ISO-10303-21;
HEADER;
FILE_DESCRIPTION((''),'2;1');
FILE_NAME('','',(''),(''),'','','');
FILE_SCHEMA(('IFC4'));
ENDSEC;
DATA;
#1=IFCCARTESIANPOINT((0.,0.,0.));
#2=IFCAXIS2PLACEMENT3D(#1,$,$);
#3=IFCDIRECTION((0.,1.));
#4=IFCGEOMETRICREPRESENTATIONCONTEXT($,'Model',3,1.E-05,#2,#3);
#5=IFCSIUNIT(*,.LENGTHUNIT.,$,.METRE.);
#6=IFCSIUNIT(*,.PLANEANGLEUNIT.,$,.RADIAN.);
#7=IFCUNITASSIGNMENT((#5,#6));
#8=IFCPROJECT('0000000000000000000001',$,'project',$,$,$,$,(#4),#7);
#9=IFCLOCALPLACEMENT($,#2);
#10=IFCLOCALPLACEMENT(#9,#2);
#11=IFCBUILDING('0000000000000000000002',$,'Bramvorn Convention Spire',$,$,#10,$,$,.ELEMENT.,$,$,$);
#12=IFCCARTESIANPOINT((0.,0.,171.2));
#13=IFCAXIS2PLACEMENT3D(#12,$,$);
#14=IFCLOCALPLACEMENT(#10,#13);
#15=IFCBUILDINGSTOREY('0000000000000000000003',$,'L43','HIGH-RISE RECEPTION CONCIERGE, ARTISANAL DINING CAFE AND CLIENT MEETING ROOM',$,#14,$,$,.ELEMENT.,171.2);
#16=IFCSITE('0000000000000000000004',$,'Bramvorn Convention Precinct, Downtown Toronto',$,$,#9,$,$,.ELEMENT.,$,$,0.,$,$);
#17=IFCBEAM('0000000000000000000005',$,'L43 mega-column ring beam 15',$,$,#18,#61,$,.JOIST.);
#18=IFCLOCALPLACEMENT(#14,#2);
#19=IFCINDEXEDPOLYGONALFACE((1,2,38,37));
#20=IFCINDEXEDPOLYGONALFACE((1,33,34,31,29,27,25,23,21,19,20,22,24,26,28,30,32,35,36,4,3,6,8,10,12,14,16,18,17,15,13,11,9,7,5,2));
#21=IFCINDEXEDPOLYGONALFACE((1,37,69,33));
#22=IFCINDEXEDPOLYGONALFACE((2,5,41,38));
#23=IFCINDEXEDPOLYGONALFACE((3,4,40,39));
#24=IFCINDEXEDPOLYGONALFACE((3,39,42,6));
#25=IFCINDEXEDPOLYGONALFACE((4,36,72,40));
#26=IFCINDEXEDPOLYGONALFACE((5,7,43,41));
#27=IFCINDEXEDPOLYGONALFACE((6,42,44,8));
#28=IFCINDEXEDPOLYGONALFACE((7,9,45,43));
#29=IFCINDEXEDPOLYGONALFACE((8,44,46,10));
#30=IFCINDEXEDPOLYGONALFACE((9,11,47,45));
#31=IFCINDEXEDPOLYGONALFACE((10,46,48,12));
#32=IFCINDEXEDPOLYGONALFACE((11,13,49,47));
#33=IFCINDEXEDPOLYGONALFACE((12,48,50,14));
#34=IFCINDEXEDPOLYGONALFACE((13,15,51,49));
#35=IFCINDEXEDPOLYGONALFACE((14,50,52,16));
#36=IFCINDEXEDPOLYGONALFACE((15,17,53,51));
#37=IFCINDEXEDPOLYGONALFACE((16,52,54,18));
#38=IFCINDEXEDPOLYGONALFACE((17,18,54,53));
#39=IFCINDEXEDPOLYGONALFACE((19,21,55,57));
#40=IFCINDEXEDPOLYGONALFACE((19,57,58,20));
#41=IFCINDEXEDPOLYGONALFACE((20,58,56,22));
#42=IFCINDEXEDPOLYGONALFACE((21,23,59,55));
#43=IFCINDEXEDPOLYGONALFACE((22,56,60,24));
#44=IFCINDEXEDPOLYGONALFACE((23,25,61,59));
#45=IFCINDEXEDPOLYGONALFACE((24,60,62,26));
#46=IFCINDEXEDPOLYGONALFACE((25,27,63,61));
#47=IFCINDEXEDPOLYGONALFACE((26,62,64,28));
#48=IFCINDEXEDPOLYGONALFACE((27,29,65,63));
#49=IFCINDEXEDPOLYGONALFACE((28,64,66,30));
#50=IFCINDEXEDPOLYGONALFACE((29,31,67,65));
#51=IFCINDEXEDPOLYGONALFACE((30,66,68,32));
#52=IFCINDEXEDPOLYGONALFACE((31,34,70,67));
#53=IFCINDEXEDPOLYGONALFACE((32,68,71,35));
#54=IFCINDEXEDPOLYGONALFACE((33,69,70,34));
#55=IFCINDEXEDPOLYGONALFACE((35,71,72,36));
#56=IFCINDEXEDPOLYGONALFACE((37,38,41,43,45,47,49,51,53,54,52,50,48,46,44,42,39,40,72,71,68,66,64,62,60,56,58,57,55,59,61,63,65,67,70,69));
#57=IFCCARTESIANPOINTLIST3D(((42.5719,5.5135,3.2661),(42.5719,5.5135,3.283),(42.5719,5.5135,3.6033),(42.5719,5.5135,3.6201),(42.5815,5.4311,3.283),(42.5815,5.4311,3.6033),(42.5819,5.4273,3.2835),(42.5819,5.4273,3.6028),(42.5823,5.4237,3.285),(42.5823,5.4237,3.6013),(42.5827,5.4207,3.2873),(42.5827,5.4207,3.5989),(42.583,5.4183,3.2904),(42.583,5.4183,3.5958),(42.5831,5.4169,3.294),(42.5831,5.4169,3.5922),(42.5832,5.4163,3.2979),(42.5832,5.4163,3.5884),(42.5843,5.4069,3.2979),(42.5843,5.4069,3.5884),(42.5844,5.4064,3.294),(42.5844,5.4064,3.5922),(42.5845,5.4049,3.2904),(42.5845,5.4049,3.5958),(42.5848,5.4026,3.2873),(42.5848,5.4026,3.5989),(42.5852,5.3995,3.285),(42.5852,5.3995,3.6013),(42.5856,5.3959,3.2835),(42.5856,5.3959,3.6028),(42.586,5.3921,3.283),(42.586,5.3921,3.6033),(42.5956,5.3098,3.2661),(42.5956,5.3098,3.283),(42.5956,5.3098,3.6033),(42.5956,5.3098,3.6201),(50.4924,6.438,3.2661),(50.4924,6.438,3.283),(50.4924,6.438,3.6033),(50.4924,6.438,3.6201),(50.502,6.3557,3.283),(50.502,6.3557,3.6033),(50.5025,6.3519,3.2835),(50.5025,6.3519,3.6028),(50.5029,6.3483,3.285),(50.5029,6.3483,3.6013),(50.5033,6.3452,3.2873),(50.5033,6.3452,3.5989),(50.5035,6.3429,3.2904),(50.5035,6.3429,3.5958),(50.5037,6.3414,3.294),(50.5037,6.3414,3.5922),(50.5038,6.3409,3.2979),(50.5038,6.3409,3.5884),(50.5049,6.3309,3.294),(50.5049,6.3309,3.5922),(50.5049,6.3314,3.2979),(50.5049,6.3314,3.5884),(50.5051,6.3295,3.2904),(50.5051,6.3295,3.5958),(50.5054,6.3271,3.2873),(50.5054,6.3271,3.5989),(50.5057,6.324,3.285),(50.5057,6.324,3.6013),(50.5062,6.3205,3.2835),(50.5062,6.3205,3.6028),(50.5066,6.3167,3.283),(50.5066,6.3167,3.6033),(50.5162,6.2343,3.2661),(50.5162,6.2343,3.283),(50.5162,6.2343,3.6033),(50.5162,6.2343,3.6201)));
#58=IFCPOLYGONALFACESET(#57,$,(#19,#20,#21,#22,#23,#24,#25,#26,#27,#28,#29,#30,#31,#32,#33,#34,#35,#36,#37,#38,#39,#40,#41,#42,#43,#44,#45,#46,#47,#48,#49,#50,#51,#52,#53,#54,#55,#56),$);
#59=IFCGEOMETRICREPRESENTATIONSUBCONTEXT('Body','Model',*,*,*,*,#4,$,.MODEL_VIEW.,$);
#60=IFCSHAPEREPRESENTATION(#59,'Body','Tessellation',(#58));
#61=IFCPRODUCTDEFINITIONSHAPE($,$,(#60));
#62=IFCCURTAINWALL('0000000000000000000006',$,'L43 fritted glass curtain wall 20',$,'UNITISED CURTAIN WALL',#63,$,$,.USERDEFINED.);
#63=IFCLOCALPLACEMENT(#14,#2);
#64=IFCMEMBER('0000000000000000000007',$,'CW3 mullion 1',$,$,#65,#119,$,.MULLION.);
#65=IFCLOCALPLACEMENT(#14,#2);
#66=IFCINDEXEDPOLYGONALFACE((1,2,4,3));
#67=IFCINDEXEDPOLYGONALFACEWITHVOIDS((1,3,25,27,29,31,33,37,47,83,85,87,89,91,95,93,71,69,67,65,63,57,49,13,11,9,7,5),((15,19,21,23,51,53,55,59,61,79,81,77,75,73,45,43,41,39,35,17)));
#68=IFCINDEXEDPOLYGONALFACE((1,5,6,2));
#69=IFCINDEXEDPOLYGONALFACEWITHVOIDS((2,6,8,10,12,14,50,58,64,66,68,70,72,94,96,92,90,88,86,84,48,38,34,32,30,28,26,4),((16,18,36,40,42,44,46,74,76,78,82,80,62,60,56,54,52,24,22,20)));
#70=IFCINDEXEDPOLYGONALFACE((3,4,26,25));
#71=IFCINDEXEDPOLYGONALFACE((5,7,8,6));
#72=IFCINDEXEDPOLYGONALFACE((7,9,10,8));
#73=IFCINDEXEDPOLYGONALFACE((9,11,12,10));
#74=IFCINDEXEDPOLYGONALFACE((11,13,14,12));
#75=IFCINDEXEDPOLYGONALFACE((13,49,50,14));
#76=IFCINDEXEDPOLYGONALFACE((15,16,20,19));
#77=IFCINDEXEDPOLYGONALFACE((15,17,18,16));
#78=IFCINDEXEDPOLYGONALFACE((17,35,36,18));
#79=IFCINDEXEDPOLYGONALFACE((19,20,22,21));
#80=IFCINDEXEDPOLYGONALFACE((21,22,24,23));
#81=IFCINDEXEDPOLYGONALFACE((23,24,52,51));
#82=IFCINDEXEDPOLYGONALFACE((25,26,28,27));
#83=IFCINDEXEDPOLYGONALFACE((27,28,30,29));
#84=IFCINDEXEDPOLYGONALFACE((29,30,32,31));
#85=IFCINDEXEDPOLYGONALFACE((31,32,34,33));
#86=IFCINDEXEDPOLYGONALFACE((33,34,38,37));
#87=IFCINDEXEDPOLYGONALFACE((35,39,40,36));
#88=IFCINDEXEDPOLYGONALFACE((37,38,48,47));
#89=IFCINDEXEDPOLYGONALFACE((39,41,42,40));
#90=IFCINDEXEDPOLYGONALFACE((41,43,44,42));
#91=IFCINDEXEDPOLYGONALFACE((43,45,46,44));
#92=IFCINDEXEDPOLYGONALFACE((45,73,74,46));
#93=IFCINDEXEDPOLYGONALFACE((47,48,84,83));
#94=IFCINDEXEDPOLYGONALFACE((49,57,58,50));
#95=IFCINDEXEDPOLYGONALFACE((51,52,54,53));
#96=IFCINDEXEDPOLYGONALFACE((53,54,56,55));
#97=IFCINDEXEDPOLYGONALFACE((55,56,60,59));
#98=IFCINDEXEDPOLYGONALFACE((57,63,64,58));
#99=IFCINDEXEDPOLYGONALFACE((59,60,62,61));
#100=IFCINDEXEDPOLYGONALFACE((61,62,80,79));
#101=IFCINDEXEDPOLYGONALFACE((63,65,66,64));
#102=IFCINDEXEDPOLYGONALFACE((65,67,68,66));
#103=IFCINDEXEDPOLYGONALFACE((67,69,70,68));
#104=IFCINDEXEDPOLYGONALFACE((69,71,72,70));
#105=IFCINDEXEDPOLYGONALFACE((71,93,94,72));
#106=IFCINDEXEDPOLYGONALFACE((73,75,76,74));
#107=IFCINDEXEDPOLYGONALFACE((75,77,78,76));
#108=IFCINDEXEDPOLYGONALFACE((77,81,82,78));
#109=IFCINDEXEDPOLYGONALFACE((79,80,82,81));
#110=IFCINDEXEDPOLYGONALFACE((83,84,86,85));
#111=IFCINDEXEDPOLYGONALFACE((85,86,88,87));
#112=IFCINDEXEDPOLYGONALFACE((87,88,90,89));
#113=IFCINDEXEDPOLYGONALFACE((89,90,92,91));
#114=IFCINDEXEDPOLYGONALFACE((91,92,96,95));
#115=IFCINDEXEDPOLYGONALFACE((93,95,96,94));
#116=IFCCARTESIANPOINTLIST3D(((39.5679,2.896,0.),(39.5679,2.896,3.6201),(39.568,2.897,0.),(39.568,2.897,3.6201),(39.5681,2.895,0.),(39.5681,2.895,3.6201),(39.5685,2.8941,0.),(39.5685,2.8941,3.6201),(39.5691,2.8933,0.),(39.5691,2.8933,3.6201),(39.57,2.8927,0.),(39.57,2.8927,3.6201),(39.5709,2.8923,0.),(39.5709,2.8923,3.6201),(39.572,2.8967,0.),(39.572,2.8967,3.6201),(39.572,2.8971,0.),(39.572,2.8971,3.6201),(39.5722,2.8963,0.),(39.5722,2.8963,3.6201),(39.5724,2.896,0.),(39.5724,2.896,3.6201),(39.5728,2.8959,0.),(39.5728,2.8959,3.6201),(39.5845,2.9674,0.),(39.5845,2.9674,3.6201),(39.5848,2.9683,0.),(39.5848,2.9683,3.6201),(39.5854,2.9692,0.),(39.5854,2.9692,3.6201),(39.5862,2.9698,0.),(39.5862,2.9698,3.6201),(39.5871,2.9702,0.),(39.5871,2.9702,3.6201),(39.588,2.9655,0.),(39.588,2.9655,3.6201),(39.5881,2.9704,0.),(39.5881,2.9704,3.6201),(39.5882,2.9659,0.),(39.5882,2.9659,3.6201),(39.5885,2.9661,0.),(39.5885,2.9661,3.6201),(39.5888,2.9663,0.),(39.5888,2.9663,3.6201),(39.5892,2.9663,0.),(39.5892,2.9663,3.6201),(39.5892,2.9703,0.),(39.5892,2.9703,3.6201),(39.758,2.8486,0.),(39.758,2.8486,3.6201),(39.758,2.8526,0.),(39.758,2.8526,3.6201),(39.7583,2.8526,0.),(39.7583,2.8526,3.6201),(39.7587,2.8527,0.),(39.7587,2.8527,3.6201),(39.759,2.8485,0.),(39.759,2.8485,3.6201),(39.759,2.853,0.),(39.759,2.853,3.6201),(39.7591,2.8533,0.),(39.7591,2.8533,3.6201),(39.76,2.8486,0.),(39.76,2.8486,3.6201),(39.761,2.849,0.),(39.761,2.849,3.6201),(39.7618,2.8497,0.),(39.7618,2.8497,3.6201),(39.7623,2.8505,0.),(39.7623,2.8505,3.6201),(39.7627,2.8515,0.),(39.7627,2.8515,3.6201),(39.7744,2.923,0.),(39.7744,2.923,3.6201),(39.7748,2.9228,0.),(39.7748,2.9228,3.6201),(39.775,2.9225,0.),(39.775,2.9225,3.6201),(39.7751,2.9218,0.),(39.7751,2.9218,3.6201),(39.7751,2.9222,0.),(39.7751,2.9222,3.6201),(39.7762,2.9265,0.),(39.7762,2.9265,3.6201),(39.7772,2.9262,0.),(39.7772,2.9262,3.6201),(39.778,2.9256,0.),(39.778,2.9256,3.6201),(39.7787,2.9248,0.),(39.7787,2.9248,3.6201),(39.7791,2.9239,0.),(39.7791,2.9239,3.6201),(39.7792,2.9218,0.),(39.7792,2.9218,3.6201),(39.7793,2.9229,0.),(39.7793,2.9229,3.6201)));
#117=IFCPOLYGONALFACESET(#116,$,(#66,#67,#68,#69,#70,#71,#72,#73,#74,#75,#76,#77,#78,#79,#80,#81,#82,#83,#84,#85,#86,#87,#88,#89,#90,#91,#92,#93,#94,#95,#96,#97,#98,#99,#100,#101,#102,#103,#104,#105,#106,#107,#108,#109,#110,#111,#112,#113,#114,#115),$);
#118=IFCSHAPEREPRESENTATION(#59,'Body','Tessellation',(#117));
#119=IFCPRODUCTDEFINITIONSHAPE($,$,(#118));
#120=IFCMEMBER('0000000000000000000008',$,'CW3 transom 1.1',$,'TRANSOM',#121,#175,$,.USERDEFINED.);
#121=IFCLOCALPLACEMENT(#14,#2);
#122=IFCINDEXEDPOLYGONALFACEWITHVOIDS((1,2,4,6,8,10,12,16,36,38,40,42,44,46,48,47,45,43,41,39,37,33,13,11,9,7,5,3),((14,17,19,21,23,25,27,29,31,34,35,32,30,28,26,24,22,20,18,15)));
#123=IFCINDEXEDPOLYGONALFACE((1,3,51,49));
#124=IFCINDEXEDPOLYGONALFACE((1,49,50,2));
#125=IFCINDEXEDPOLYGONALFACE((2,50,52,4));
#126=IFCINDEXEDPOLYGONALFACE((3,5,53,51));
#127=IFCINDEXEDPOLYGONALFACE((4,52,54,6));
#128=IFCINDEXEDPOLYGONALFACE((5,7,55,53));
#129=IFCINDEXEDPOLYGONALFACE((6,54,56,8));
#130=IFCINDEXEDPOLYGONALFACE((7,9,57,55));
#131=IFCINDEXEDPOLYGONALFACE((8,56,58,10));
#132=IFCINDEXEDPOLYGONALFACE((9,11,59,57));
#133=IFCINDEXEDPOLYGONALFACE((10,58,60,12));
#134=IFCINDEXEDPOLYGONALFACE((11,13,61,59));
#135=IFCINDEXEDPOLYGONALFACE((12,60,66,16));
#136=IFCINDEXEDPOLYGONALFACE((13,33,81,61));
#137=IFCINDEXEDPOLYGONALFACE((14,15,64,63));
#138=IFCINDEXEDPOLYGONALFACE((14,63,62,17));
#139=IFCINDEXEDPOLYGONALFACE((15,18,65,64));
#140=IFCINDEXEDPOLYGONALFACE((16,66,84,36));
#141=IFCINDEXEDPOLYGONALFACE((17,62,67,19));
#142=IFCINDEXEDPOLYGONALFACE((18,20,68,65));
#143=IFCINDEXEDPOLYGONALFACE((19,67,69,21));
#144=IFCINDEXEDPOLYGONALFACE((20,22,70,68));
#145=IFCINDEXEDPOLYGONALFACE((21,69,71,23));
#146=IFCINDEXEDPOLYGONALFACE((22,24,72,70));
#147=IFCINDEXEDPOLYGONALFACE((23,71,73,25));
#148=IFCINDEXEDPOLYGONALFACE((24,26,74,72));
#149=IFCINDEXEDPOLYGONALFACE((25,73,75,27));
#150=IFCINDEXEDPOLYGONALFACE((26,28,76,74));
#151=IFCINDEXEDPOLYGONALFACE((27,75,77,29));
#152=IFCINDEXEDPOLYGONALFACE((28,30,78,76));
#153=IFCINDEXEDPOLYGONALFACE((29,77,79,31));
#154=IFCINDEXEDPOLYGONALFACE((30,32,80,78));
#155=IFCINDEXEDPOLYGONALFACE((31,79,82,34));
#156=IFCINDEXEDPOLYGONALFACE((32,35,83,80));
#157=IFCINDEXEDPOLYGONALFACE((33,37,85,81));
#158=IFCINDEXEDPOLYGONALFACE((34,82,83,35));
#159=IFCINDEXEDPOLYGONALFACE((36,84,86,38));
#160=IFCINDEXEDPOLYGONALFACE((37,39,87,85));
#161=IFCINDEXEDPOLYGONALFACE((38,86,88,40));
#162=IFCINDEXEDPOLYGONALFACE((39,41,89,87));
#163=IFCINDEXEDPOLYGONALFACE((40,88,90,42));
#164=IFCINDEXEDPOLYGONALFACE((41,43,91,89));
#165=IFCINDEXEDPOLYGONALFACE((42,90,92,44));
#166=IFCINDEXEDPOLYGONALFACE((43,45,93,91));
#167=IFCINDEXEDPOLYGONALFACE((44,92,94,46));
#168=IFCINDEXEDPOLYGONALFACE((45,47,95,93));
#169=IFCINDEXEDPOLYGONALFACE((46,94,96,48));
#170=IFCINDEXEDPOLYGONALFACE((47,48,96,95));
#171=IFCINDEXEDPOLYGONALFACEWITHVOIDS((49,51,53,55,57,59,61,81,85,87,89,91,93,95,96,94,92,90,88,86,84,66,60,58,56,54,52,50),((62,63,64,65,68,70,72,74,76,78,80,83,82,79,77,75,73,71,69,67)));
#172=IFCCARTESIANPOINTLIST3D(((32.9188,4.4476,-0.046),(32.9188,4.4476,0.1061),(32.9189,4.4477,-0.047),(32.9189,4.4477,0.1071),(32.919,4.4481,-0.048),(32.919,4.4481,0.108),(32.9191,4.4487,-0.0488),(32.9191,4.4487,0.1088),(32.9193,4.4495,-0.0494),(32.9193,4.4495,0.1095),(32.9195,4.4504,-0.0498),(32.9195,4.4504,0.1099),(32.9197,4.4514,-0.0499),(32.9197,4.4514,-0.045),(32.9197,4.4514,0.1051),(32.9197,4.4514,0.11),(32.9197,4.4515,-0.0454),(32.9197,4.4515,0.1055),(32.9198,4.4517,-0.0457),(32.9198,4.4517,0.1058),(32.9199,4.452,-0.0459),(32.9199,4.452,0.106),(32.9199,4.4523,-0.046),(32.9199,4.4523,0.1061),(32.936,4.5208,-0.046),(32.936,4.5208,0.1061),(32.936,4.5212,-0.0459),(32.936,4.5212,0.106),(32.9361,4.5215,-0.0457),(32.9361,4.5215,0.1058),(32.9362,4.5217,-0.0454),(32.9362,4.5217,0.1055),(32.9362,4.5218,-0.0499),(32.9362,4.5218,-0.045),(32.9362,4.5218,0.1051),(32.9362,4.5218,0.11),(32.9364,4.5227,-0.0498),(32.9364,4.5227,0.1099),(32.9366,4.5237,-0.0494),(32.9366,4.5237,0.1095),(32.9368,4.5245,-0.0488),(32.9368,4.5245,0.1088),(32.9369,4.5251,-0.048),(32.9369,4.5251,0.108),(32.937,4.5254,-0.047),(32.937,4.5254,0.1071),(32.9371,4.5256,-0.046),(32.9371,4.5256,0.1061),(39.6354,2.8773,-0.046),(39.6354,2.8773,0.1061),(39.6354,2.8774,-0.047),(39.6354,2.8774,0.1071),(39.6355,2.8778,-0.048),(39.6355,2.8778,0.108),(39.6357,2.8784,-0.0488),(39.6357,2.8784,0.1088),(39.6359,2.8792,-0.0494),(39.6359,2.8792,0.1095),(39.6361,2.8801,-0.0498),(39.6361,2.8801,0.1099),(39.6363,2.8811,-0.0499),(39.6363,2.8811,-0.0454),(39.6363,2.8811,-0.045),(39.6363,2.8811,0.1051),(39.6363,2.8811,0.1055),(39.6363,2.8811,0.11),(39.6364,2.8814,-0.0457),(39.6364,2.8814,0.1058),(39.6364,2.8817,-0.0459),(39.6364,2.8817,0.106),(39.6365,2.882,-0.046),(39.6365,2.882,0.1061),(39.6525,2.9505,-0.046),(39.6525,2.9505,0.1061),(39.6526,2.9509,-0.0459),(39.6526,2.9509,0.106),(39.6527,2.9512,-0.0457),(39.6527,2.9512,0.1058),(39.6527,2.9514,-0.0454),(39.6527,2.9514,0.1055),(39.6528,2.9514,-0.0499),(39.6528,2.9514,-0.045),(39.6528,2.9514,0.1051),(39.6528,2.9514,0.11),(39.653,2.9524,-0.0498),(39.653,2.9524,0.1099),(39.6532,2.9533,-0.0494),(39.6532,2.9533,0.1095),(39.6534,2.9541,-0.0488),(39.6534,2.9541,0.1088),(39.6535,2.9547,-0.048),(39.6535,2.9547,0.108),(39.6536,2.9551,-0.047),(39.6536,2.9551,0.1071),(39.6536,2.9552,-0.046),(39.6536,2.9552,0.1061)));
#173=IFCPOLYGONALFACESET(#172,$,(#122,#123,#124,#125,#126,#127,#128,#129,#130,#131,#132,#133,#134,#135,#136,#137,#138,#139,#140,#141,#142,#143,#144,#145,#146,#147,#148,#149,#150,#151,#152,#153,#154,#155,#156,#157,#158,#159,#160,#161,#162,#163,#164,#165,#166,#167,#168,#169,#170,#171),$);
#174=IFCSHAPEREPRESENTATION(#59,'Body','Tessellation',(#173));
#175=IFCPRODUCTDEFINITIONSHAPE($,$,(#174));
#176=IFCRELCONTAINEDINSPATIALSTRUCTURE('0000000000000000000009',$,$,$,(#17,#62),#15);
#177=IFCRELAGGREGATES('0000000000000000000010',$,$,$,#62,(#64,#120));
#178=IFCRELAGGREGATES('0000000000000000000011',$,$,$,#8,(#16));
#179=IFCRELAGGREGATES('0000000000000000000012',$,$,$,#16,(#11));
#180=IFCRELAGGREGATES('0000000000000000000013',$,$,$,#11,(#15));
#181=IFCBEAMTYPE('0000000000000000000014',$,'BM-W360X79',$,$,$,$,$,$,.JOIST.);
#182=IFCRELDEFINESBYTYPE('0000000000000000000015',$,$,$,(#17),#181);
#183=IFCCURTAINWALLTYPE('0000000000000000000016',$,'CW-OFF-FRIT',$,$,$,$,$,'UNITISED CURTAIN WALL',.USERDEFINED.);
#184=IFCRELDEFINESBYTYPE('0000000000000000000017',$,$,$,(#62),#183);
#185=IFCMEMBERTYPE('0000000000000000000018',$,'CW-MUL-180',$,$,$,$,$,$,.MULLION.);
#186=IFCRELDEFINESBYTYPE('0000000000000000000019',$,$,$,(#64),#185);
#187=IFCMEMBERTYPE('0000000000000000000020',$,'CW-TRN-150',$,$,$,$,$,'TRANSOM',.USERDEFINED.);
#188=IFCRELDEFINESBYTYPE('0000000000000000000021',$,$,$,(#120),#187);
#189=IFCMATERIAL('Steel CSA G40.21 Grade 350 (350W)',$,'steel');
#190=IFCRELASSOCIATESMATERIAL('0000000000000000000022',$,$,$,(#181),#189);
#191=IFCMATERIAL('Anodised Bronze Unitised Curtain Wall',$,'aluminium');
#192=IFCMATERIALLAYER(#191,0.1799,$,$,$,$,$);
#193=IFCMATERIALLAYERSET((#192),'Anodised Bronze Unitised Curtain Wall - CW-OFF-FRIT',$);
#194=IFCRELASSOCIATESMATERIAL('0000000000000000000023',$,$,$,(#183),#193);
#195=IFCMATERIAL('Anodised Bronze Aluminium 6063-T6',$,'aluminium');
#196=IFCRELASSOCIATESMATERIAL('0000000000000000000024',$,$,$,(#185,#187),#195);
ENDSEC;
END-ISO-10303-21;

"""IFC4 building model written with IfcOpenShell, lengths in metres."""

from ifc_helpers import new_model, si_unit, direction, frame, origin, origin_2d, place, context, subcontext, project, spatial, hollow_rectangle, i_section, extrude, material, layer, layer_set, material_profile, profile_set, type_object, element, aggregate, save


model = new_model("IFC4")

# Units and contexts
model_context = context("Model", 3, precision=1e-05, world=origin(), true_north=direction((0.0, 1.0)))
body_context = subcontext(model_context, "Body", "Model", "MODEL_VIEW")
ifc_project = project(units=[si_unit("LENGTHUNIT", "METRE"), si_unit("PLANEANGLEUNIT", "RADIAN")], contexts=[model_context])

# Site, building, storey
site_placement = place(None, origin())
site = spatial("IfcSite", under=ifc_project, at=site_placement, Name="Bramvorn Convention Precinct, Downtown Toronto", CompositionType="ELEMENT", RefElevation=0.0)
building_placement = place(site_placement, origin())
building = spatial("IfcBuilding", under=site, at=building_placement, Name="Bramvorn Convention Spire", CompositionType="ELEMENT")
storey_placement = place(building_placement, frame((0.0, 0.0, 171.2)))
storey = spatial("IfcBuildingStorey", under=building, at=storey_placement, Name="L43", Description="HIGH-RISE RECEPTION CONCIERGE, ARTISANAL DINING CAFE AND CLIENT MEETING ROOM", CompositionType="ELEMENT", Elevation=171.2)

# Shared definitions
ifc_material_1 = material(Name="Steel CSA G40.21 Grade 350 (350W)", Category="steel")

# Beam
ifc_material_profile_1 = material_profile(ifc_material_1, i_section(OverallWidth=0.2051, OverallDepth=0.354, WebThickness=0.0095, FlangeThickness=0.0168, FilletRadius=0.0149, at=origin_2d()))
ifc_profile_set_1 = profile_set([ifc_material_profile_1], Name="Steel CSA G40.21 Grade 350 (350W) - W360X79")
beam_type_1 = type_object("IfcBeamType", Name="BM-W360X79", PredefinedType="JOIST", material=ifc_profile_set_1)
beam_1_placement = place(storey_placement, frame((42.5837, 5.4116, 3.4431), z_axis=(0.993256, 0.115941, 0.0), x_axis=(-0.115941, 0.993256, 0.0)))
element("IfcBeam", 1, at=beam_1_placement, inside=storey, type_object=beam_type_1, Name="L43 mega-column ring beam 15", PredefinedType="JOIST", context=body_context, shape_type="SweptSolid", body=[
    extrude(i_section(OverallWidth=0.2051, OverallDepth=0.354, WebThickness=0.0095, FlangeThickness=0.0168, FilletRadius=0.0149, at=origin_2d()), origin(), (0.0, 0.0, 1.0), 7.9744),
])

# Curtain wall, members
ifc_material_2 = material(Name="Anodised Bronze Unitised Curtain Wall", Category="aluminium")
ifc_layer_1 = layer(ifc_material_2, 0.1799)
ifc_layer_set_1 = layer_set([ifc_layer_1], Name="Anodised Bronze Unitised Curtain Wall - CW-OFF-FRIT")
curtain_wall_type = type_object("IfcCurtainWallType", Name="CW-OFF-FRIT", ElementType="UNITISED CURTAIN WALL", PredefinedType="USERDEFINED", material=ifc_layer_set_1)
curtain_wall_placement = place(storey_placement, origin())
curtain_wall = element("IfcCurtainWall", 2, at=curtain_wall_placement, inside=storey, type_object=curtain_wall_type, Name="L43 fritted glass curtain wall 20", ObjectType="UNITISED CURTAIN WALL", PredefinedType="USERDEFINED")
ifc_material_3 = material(Name="Anodised Bronze Aluminium 6063-T6", Category="aluminium")
ifc_material_profile_2 = material_profile(ifc_material_3, hollow_rectangle(XDim=0.0801, YDim=0.2, WallThickness=0.0039, InnerFilletRadius=0.001, OuterFilletRadius=0.0039, at=origin_2d()))
ifc_profile_set_2 = profile_set([ifc_material_profile_2], Name="Anodised Bronze Aluminium 6063-T6 - CWM80X200")
member_type_1 = type_object("IfcMemberType", Name="CW-MUL-180", PredefinedType="MULLION", material=ifc_profile_set_2)
member_1_placement = place(storey_placement, frame((39.6736, 2.9094, 0.0), z_axis=(0.0, 0.0, 1.0), x_axis=(-0.227667, -0.973739, 0.0)))
member_1 = element("IfcMember", 3, at=member_1_placement, type_object=member_type_1, Name="CW3 mullion 1", PredefinedType="MULLION", context=body_context, shape_type="SweptSolid", body=[
    extrude(hollow_rectangle(XDim=0.0801, YDim=0.2, WallThickness=0.0039, InnerFilletRadius=0.001, OuterFilletRadius=0.0039, at=origin_2d()), origin(), (0.0, 0.0, 1.0), 3.6201),
])
ifc_material_profile_3 = material_profile(ifc_material_3, hollow_rectangle(XDim=0.0801, YDim=0.1599, WallThickness=0.0039, InnerFilletRadius=0.001, OuterFilletRadius=0.0039, at=origin_2d()))
ifc_profile_set_3 = profile_set([ifc_material_profile_3], Name="Anodised Bronze Aluminium 6063-T6 - CWT80X160")
member_type_2 = type_object("IfcMemberType", Name="CW-TRN-150", ElementType="TRANSOM", PredefinedType="USERDEFINED", material=ifc_profile_set_3)
member_2_placement = place(storey_placement, frame((39.6445, 2.9163, 0.03), z_axis=(-0.973741, 0.227658, 0.0), x_axis=(-0.227658, -0.973741, 0.0)))
member_2 = element("IfcMember", 4, at=member_2_placement, type_object=member_type_2, Name="CW3 transom 1.1", ObjectType="TRANSOM", PredefinedType="USERDEFINED", context=body_context, shape_type="SweptSolid", body=[
    extrude(hollow_rectangle(XDim=0.0801, YDim=0.1599, WallThickness=0.0039, InnerFilletRadius=0.001, OuterFilletRadius=0.0039, at=origin_2d()), origin(), (0.0, 0.0, 1.0), 6.8977),
])

aggregate(curtain_wall, [member_1, member_2])

save(model, "model.ifc")
